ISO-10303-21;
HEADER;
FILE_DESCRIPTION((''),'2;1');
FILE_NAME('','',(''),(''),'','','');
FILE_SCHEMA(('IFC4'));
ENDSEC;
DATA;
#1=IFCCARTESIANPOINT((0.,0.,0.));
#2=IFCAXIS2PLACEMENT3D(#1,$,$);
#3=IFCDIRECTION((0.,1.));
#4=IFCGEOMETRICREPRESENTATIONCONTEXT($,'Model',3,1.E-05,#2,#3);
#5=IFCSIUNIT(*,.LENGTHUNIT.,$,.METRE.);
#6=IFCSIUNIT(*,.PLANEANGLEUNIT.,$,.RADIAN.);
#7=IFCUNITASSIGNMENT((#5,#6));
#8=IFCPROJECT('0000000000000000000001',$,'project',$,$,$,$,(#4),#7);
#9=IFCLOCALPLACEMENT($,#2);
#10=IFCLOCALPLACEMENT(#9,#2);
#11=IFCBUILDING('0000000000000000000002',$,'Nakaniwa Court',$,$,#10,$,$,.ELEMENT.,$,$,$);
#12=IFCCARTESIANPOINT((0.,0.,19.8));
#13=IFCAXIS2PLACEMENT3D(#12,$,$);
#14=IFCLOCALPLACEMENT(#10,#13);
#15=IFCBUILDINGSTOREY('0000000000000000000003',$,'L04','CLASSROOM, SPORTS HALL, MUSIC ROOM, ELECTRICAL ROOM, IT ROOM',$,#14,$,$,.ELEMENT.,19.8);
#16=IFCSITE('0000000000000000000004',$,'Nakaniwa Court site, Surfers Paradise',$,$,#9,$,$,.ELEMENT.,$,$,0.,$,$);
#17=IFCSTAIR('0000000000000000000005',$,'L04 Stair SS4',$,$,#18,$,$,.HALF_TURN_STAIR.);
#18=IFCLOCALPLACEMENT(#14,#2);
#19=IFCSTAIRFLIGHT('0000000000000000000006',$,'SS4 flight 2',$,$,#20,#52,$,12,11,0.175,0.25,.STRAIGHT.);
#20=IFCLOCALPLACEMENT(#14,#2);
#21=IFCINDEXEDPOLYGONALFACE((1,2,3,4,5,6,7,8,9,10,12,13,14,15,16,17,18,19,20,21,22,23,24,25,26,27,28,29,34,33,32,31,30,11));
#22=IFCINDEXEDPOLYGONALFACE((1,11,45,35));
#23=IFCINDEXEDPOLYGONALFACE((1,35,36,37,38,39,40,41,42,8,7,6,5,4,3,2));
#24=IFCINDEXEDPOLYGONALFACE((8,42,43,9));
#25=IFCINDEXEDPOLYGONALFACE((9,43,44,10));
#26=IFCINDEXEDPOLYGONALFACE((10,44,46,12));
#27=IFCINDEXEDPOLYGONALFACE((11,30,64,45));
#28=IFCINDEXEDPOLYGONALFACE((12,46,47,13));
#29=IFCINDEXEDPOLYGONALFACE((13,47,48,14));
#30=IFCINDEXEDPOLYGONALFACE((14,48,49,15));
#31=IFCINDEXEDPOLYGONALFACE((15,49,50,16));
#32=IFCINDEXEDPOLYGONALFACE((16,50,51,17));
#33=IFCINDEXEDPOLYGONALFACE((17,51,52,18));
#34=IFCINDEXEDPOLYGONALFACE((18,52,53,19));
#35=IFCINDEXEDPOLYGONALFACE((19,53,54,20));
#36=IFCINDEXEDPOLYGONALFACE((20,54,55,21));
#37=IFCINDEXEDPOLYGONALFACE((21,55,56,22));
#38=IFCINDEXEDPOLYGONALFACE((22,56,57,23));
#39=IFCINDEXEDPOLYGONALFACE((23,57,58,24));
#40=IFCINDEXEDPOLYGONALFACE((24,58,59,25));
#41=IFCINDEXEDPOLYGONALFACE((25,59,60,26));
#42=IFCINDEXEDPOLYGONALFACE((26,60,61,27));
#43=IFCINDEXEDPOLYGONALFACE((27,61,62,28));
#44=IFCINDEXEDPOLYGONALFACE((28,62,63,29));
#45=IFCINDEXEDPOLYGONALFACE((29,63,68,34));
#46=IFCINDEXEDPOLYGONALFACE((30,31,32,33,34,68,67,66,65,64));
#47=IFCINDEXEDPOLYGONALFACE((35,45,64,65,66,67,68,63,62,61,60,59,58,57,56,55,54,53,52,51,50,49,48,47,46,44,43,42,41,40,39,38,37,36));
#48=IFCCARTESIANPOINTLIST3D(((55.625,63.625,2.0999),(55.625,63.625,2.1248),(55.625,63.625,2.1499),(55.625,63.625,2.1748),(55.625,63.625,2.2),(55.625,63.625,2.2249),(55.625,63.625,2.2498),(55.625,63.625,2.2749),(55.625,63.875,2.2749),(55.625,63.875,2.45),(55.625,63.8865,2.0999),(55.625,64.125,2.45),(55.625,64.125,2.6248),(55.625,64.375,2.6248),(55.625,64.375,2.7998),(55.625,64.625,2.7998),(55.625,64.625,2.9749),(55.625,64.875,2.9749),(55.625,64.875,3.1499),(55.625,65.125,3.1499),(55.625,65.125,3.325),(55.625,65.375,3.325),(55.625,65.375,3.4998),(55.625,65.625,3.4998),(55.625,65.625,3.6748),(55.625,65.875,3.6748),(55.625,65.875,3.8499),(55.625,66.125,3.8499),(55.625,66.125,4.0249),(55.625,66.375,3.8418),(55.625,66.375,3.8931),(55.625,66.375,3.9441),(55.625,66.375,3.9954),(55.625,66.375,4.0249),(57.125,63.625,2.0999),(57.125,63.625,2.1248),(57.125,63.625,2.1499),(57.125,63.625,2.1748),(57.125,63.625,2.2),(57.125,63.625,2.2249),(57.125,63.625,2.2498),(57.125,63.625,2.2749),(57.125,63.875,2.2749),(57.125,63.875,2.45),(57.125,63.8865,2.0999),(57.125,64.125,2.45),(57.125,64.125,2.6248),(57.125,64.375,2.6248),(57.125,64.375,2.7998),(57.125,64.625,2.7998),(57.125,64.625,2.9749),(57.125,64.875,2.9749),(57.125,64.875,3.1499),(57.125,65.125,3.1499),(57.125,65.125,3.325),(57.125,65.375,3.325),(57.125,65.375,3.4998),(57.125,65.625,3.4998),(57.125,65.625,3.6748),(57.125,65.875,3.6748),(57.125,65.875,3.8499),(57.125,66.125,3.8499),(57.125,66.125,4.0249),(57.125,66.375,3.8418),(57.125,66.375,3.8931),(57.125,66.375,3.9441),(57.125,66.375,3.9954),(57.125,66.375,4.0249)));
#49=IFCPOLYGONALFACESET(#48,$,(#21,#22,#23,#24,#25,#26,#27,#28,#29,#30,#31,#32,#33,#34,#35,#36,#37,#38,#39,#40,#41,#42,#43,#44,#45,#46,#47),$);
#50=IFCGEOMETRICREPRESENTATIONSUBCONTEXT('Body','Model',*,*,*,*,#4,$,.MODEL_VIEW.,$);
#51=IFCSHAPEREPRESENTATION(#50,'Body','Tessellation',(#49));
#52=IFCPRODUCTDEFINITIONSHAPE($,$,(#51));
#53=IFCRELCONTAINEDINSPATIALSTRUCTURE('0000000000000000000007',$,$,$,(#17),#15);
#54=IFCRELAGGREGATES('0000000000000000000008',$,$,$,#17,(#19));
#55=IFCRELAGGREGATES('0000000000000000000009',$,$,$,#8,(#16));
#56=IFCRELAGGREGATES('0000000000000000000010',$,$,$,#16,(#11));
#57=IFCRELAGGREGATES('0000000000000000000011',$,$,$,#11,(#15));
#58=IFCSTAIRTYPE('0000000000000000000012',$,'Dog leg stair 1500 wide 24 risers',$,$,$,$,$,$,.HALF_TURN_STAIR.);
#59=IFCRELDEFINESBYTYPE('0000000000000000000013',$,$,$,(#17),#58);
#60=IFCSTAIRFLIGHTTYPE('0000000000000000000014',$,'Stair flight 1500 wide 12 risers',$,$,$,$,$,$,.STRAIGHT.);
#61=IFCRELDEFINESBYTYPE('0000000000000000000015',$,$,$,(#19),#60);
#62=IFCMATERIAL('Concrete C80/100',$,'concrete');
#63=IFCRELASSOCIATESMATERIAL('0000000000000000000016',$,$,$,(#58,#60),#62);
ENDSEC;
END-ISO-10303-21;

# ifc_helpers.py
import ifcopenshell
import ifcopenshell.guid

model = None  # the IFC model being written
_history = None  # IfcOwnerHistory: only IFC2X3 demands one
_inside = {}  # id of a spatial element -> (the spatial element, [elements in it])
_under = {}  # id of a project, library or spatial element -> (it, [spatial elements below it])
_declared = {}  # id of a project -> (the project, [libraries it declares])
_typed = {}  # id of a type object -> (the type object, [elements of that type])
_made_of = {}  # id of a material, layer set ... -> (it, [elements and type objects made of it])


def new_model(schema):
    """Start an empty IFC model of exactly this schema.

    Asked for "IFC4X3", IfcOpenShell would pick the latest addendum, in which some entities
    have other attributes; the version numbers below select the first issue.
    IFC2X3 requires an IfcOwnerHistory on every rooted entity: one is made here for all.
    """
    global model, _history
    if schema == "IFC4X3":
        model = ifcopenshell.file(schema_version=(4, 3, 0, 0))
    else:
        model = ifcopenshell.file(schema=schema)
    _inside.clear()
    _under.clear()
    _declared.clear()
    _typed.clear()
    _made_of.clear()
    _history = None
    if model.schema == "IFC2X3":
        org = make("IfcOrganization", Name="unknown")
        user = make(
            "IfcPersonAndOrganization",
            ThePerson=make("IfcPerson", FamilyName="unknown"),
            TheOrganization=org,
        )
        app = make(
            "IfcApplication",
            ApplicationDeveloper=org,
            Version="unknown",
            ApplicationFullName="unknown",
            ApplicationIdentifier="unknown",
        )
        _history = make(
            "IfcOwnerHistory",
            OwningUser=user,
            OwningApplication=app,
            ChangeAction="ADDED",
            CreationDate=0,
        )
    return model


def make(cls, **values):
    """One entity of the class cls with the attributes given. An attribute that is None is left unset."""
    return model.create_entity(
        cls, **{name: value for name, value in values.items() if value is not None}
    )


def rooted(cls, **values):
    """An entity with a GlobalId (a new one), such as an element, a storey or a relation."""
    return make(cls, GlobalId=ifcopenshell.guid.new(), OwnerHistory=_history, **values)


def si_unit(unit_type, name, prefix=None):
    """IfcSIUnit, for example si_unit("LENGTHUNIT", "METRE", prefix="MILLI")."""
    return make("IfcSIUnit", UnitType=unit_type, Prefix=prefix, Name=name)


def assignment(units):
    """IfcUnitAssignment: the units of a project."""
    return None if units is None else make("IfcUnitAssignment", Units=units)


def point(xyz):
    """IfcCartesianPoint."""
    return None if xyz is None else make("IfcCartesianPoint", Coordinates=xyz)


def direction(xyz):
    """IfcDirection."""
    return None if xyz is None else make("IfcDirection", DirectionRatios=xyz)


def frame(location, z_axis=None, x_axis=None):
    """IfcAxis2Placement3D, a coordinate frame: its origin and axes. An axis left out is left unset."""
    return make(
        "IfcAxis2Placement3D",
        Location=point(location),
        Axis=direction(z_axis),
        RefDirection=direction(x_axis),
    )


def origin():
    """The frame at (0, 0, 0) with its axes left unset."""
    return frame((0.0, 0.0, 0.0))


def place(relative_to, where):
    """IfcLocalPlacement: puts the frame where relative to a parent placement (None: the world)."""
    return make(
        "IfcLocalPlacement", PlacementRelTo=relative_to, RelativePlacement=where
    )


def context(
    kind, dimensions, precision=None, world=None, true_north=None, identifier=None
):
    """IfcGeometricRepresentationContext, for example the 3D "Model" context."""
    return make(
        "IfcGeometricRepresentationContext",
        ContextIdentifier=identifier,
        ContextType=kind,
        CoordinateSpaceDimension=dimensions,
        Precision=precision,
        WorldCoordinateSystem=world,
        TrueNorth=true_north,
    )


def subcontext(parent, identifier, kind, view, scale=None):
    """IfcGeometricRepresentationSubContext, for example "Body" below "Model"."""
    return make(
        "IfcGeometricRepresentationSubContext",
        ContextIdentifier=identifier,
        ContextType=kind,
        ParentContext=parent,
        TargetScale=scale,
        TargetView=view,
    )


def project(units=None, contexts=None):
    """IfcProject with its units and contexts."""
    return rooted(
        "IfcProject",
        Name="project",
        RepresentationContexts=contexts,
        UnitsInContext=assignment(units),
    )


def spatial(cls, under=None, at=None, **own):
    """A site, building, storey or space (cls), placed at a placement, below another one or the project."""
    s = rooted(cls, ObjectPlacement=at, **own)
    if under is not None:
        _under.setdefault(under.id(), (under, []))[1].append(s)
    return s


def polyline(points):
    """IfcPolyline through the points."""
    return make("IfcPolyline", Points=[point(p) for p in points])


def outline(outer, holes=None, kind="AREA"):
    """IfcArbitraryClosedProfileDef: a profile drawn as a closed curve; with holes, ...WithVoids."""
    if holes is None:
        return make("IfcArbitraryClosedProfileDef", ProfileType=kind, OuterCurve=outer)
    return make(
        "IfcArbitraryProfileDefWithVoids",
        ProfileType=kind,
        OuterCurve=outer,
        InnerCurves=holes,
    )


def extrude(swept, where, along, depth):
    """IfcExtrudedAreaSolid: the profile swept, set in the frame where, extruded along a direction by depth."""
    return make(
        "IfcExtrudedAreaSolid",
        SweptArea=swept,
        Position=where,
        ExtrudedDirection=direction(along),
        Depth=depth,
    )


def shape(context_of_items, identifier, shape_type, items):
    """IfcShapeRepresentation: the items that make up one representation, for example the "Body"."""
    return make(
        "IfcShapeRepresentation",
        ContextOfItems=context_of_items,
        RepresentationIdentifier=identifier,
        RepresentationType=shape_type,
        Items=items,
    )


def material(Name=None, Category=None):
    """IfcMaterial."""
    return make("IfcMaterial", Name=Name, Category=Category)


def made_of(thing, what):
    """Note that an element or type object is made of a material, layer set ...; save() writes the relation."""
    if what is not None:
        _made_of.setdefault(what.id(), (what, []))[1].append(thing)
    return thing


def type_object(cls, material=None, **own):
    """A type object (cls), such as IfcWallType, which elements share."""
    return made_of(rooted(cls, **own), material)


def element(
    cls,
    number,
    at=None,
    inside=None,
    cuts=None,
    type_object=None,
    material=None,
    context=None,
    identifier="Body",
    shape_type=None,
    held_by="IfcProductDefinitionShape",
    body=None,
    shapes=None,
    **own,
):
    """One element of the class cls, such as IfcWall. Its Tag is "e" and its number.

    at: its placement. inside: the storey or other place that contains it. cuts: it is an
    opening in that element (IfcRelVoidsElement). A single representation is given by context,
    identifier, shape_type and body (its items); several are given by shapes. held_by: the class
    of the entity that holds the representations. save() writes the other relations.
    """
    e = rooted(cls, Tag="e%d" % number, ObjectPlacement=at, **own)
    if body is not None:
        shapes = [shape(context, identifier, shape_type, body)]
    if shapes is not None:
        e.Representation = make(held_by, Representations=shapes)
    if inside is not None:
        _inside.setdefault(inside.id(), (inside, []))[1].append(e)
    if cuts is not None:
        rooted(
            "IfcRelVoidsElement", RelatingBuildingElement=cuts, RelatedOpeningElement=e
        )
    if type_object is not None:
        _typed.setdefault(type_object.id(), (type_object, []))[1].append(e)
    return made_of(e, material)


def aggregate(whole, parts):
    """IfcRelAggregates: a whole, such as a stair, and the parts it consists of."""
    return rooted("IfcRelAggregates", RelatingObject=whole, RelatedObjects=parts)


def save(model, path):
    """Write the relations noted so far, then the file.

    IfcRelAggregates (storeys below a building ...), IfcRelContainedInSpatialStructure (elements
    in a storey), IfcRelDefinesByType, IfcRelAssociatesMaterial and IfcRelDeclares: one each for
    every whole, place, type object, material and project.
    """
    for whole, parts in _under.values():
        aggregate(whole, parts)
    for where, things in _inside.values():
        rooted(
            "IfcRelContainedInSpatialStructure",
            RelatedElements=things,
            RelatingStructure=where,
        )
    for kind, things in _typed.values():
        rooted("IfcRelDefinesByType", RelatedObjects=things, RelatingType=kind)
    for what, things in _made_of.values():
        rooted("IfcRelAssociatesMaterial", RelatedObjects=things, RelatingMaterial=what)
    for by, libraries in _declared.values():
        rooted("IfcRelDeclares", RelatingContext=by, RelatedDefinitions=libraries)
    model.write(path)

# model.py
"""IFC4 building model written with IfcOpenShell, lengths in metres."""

from ifc_helpers import new_model, si_unit, direction, frame, origin, place, context, subcontext, project, spatial, polyline, outline, extrude, material, type_object, element, aggregate, save


model = new_model("IFC4")

# Units and contexts
model_context = context("Model", 3, precision=1e-05, world=origin(), true_north=direction((0.0, 1.0)))
body_context = subcontext(model_context, "Body", "Model", "MODEL_VIEW")
ifc_project = project(units=[si_unit("LENGTHUNIT", "METRE"), si_unit("PLANEANGLEUNIT", "RADIAN")], contexts=[model_context])

# Site, building, storey
site_placement = place(None, origin())
site = spatial("IfcSite", under=ifc_project, at=site_placement, Name="Nakaniwa Court site, Surfers Paradise", CompositionType="ELEMENT", RefElevation=0.0)
building_placement = place(site_placement, origin())
building = spatial("IfcBuilding", under=site, at=building_placement, Name="Nakaniwa Court", CompositionType="ELEMENT")
storey_placement = place(building_placement, frame((0.0, 0.0, 19.8)))
storey = spatial("IfcBuildingStorey", under=building, at=storey_placement, Name="L04", Description="CLASSROOM, SPORTS HALL, MUSIC ROOM, ELECTRICAL ROOM, IT ROOM", CompositionType="ELEMENT", Elevation=19.8)

# Stair, stair flight
ifc_material_1 = material(Name="Concrete C80/100", Category="concrete")
stair_type = type_object("IfcStairType", Name="Dog leg stair 1500 wide 24 risers", PredefinedType="HALF_TURN_STAIR", material=ifc_material_1)
stair_placement = place(storey_placement, origin())
stair = element("IfcStair", 1, at=stair_placement, inside=storey, type_object=stair_type, Name="L04 Stair SS4", PredefinedType="HALF_TURN_STAIR")
stair_flight_type = type_object("IfcStairFlightType", Name="Stair flight 1500 wide 12 risers", PredefinedType="STRAIGHT", material=ifc_material_1)
stair_flight_1_placement = place(storey_placement, frame((56.375, 63.625, 2.0999), z_axis=(0.0, 0.0, 1.0), x_axis=(0.0, 1.0, 0.0)))
stair_flight_1 = element("IfcStairFlight", 2, at=stair_flight_1_placement, type_object=stair_flight_type, Name="SS4 flight 2", NumberOfRisers=12, NumberOfTreads=11, PredefinedType="STRAIGHT", RiserHeight=0.175, TreadLength=0.25, context=body_context, shape_type="SweptSolid", body=[
    extrude(outline(polyline([(0.0, 0.0), (0.0, 0.0249), (0.0, 0.05), (0.0, 0.075), (0.0, 0.1001), (0.0, 0.125), (0.0, 0.1499), (0.0, 0.175), (0.25, 0.175), (0.25, 0.3501), (0.5, 0.3501), (0.5, 0.5249), (0.75, 0.5249), (0.75, 0.7), (1.0, 0.7), (1.0, 0.875), (1.25, 0.875), (1.25, 1.05), (1.5, 1.05), (1.5, 1.2251), (1.75, 1.2251), (1.75, 1.3999), (2.0, 1.3999), (2.0, 1.575), (2.25, 1.575), (2.25, 1.75), (2.5, 1.75), (2.5, 1.925), (2.75, 1.925), (2.75, 2.1001), (2.75, 2.0488), (2.75, 1.9978), (2.75, 1.9465), (2.75, 1.8955), (2.75, 1.8442), (2.75, 1.7932), (2.75, 1.7419), (0.2615, 0.0), (0.0, 0.0)])), frame((0.0, 0.75, 0.0), z_axis=(0.0, -1.0, 0.0), x_axis=(1.0, 0.0, 0.0)), (0.0, 0.0, 1.0), 1.5),
])
aggregate(stair, [stair_flight_1])

save(model, "model.ifc")
